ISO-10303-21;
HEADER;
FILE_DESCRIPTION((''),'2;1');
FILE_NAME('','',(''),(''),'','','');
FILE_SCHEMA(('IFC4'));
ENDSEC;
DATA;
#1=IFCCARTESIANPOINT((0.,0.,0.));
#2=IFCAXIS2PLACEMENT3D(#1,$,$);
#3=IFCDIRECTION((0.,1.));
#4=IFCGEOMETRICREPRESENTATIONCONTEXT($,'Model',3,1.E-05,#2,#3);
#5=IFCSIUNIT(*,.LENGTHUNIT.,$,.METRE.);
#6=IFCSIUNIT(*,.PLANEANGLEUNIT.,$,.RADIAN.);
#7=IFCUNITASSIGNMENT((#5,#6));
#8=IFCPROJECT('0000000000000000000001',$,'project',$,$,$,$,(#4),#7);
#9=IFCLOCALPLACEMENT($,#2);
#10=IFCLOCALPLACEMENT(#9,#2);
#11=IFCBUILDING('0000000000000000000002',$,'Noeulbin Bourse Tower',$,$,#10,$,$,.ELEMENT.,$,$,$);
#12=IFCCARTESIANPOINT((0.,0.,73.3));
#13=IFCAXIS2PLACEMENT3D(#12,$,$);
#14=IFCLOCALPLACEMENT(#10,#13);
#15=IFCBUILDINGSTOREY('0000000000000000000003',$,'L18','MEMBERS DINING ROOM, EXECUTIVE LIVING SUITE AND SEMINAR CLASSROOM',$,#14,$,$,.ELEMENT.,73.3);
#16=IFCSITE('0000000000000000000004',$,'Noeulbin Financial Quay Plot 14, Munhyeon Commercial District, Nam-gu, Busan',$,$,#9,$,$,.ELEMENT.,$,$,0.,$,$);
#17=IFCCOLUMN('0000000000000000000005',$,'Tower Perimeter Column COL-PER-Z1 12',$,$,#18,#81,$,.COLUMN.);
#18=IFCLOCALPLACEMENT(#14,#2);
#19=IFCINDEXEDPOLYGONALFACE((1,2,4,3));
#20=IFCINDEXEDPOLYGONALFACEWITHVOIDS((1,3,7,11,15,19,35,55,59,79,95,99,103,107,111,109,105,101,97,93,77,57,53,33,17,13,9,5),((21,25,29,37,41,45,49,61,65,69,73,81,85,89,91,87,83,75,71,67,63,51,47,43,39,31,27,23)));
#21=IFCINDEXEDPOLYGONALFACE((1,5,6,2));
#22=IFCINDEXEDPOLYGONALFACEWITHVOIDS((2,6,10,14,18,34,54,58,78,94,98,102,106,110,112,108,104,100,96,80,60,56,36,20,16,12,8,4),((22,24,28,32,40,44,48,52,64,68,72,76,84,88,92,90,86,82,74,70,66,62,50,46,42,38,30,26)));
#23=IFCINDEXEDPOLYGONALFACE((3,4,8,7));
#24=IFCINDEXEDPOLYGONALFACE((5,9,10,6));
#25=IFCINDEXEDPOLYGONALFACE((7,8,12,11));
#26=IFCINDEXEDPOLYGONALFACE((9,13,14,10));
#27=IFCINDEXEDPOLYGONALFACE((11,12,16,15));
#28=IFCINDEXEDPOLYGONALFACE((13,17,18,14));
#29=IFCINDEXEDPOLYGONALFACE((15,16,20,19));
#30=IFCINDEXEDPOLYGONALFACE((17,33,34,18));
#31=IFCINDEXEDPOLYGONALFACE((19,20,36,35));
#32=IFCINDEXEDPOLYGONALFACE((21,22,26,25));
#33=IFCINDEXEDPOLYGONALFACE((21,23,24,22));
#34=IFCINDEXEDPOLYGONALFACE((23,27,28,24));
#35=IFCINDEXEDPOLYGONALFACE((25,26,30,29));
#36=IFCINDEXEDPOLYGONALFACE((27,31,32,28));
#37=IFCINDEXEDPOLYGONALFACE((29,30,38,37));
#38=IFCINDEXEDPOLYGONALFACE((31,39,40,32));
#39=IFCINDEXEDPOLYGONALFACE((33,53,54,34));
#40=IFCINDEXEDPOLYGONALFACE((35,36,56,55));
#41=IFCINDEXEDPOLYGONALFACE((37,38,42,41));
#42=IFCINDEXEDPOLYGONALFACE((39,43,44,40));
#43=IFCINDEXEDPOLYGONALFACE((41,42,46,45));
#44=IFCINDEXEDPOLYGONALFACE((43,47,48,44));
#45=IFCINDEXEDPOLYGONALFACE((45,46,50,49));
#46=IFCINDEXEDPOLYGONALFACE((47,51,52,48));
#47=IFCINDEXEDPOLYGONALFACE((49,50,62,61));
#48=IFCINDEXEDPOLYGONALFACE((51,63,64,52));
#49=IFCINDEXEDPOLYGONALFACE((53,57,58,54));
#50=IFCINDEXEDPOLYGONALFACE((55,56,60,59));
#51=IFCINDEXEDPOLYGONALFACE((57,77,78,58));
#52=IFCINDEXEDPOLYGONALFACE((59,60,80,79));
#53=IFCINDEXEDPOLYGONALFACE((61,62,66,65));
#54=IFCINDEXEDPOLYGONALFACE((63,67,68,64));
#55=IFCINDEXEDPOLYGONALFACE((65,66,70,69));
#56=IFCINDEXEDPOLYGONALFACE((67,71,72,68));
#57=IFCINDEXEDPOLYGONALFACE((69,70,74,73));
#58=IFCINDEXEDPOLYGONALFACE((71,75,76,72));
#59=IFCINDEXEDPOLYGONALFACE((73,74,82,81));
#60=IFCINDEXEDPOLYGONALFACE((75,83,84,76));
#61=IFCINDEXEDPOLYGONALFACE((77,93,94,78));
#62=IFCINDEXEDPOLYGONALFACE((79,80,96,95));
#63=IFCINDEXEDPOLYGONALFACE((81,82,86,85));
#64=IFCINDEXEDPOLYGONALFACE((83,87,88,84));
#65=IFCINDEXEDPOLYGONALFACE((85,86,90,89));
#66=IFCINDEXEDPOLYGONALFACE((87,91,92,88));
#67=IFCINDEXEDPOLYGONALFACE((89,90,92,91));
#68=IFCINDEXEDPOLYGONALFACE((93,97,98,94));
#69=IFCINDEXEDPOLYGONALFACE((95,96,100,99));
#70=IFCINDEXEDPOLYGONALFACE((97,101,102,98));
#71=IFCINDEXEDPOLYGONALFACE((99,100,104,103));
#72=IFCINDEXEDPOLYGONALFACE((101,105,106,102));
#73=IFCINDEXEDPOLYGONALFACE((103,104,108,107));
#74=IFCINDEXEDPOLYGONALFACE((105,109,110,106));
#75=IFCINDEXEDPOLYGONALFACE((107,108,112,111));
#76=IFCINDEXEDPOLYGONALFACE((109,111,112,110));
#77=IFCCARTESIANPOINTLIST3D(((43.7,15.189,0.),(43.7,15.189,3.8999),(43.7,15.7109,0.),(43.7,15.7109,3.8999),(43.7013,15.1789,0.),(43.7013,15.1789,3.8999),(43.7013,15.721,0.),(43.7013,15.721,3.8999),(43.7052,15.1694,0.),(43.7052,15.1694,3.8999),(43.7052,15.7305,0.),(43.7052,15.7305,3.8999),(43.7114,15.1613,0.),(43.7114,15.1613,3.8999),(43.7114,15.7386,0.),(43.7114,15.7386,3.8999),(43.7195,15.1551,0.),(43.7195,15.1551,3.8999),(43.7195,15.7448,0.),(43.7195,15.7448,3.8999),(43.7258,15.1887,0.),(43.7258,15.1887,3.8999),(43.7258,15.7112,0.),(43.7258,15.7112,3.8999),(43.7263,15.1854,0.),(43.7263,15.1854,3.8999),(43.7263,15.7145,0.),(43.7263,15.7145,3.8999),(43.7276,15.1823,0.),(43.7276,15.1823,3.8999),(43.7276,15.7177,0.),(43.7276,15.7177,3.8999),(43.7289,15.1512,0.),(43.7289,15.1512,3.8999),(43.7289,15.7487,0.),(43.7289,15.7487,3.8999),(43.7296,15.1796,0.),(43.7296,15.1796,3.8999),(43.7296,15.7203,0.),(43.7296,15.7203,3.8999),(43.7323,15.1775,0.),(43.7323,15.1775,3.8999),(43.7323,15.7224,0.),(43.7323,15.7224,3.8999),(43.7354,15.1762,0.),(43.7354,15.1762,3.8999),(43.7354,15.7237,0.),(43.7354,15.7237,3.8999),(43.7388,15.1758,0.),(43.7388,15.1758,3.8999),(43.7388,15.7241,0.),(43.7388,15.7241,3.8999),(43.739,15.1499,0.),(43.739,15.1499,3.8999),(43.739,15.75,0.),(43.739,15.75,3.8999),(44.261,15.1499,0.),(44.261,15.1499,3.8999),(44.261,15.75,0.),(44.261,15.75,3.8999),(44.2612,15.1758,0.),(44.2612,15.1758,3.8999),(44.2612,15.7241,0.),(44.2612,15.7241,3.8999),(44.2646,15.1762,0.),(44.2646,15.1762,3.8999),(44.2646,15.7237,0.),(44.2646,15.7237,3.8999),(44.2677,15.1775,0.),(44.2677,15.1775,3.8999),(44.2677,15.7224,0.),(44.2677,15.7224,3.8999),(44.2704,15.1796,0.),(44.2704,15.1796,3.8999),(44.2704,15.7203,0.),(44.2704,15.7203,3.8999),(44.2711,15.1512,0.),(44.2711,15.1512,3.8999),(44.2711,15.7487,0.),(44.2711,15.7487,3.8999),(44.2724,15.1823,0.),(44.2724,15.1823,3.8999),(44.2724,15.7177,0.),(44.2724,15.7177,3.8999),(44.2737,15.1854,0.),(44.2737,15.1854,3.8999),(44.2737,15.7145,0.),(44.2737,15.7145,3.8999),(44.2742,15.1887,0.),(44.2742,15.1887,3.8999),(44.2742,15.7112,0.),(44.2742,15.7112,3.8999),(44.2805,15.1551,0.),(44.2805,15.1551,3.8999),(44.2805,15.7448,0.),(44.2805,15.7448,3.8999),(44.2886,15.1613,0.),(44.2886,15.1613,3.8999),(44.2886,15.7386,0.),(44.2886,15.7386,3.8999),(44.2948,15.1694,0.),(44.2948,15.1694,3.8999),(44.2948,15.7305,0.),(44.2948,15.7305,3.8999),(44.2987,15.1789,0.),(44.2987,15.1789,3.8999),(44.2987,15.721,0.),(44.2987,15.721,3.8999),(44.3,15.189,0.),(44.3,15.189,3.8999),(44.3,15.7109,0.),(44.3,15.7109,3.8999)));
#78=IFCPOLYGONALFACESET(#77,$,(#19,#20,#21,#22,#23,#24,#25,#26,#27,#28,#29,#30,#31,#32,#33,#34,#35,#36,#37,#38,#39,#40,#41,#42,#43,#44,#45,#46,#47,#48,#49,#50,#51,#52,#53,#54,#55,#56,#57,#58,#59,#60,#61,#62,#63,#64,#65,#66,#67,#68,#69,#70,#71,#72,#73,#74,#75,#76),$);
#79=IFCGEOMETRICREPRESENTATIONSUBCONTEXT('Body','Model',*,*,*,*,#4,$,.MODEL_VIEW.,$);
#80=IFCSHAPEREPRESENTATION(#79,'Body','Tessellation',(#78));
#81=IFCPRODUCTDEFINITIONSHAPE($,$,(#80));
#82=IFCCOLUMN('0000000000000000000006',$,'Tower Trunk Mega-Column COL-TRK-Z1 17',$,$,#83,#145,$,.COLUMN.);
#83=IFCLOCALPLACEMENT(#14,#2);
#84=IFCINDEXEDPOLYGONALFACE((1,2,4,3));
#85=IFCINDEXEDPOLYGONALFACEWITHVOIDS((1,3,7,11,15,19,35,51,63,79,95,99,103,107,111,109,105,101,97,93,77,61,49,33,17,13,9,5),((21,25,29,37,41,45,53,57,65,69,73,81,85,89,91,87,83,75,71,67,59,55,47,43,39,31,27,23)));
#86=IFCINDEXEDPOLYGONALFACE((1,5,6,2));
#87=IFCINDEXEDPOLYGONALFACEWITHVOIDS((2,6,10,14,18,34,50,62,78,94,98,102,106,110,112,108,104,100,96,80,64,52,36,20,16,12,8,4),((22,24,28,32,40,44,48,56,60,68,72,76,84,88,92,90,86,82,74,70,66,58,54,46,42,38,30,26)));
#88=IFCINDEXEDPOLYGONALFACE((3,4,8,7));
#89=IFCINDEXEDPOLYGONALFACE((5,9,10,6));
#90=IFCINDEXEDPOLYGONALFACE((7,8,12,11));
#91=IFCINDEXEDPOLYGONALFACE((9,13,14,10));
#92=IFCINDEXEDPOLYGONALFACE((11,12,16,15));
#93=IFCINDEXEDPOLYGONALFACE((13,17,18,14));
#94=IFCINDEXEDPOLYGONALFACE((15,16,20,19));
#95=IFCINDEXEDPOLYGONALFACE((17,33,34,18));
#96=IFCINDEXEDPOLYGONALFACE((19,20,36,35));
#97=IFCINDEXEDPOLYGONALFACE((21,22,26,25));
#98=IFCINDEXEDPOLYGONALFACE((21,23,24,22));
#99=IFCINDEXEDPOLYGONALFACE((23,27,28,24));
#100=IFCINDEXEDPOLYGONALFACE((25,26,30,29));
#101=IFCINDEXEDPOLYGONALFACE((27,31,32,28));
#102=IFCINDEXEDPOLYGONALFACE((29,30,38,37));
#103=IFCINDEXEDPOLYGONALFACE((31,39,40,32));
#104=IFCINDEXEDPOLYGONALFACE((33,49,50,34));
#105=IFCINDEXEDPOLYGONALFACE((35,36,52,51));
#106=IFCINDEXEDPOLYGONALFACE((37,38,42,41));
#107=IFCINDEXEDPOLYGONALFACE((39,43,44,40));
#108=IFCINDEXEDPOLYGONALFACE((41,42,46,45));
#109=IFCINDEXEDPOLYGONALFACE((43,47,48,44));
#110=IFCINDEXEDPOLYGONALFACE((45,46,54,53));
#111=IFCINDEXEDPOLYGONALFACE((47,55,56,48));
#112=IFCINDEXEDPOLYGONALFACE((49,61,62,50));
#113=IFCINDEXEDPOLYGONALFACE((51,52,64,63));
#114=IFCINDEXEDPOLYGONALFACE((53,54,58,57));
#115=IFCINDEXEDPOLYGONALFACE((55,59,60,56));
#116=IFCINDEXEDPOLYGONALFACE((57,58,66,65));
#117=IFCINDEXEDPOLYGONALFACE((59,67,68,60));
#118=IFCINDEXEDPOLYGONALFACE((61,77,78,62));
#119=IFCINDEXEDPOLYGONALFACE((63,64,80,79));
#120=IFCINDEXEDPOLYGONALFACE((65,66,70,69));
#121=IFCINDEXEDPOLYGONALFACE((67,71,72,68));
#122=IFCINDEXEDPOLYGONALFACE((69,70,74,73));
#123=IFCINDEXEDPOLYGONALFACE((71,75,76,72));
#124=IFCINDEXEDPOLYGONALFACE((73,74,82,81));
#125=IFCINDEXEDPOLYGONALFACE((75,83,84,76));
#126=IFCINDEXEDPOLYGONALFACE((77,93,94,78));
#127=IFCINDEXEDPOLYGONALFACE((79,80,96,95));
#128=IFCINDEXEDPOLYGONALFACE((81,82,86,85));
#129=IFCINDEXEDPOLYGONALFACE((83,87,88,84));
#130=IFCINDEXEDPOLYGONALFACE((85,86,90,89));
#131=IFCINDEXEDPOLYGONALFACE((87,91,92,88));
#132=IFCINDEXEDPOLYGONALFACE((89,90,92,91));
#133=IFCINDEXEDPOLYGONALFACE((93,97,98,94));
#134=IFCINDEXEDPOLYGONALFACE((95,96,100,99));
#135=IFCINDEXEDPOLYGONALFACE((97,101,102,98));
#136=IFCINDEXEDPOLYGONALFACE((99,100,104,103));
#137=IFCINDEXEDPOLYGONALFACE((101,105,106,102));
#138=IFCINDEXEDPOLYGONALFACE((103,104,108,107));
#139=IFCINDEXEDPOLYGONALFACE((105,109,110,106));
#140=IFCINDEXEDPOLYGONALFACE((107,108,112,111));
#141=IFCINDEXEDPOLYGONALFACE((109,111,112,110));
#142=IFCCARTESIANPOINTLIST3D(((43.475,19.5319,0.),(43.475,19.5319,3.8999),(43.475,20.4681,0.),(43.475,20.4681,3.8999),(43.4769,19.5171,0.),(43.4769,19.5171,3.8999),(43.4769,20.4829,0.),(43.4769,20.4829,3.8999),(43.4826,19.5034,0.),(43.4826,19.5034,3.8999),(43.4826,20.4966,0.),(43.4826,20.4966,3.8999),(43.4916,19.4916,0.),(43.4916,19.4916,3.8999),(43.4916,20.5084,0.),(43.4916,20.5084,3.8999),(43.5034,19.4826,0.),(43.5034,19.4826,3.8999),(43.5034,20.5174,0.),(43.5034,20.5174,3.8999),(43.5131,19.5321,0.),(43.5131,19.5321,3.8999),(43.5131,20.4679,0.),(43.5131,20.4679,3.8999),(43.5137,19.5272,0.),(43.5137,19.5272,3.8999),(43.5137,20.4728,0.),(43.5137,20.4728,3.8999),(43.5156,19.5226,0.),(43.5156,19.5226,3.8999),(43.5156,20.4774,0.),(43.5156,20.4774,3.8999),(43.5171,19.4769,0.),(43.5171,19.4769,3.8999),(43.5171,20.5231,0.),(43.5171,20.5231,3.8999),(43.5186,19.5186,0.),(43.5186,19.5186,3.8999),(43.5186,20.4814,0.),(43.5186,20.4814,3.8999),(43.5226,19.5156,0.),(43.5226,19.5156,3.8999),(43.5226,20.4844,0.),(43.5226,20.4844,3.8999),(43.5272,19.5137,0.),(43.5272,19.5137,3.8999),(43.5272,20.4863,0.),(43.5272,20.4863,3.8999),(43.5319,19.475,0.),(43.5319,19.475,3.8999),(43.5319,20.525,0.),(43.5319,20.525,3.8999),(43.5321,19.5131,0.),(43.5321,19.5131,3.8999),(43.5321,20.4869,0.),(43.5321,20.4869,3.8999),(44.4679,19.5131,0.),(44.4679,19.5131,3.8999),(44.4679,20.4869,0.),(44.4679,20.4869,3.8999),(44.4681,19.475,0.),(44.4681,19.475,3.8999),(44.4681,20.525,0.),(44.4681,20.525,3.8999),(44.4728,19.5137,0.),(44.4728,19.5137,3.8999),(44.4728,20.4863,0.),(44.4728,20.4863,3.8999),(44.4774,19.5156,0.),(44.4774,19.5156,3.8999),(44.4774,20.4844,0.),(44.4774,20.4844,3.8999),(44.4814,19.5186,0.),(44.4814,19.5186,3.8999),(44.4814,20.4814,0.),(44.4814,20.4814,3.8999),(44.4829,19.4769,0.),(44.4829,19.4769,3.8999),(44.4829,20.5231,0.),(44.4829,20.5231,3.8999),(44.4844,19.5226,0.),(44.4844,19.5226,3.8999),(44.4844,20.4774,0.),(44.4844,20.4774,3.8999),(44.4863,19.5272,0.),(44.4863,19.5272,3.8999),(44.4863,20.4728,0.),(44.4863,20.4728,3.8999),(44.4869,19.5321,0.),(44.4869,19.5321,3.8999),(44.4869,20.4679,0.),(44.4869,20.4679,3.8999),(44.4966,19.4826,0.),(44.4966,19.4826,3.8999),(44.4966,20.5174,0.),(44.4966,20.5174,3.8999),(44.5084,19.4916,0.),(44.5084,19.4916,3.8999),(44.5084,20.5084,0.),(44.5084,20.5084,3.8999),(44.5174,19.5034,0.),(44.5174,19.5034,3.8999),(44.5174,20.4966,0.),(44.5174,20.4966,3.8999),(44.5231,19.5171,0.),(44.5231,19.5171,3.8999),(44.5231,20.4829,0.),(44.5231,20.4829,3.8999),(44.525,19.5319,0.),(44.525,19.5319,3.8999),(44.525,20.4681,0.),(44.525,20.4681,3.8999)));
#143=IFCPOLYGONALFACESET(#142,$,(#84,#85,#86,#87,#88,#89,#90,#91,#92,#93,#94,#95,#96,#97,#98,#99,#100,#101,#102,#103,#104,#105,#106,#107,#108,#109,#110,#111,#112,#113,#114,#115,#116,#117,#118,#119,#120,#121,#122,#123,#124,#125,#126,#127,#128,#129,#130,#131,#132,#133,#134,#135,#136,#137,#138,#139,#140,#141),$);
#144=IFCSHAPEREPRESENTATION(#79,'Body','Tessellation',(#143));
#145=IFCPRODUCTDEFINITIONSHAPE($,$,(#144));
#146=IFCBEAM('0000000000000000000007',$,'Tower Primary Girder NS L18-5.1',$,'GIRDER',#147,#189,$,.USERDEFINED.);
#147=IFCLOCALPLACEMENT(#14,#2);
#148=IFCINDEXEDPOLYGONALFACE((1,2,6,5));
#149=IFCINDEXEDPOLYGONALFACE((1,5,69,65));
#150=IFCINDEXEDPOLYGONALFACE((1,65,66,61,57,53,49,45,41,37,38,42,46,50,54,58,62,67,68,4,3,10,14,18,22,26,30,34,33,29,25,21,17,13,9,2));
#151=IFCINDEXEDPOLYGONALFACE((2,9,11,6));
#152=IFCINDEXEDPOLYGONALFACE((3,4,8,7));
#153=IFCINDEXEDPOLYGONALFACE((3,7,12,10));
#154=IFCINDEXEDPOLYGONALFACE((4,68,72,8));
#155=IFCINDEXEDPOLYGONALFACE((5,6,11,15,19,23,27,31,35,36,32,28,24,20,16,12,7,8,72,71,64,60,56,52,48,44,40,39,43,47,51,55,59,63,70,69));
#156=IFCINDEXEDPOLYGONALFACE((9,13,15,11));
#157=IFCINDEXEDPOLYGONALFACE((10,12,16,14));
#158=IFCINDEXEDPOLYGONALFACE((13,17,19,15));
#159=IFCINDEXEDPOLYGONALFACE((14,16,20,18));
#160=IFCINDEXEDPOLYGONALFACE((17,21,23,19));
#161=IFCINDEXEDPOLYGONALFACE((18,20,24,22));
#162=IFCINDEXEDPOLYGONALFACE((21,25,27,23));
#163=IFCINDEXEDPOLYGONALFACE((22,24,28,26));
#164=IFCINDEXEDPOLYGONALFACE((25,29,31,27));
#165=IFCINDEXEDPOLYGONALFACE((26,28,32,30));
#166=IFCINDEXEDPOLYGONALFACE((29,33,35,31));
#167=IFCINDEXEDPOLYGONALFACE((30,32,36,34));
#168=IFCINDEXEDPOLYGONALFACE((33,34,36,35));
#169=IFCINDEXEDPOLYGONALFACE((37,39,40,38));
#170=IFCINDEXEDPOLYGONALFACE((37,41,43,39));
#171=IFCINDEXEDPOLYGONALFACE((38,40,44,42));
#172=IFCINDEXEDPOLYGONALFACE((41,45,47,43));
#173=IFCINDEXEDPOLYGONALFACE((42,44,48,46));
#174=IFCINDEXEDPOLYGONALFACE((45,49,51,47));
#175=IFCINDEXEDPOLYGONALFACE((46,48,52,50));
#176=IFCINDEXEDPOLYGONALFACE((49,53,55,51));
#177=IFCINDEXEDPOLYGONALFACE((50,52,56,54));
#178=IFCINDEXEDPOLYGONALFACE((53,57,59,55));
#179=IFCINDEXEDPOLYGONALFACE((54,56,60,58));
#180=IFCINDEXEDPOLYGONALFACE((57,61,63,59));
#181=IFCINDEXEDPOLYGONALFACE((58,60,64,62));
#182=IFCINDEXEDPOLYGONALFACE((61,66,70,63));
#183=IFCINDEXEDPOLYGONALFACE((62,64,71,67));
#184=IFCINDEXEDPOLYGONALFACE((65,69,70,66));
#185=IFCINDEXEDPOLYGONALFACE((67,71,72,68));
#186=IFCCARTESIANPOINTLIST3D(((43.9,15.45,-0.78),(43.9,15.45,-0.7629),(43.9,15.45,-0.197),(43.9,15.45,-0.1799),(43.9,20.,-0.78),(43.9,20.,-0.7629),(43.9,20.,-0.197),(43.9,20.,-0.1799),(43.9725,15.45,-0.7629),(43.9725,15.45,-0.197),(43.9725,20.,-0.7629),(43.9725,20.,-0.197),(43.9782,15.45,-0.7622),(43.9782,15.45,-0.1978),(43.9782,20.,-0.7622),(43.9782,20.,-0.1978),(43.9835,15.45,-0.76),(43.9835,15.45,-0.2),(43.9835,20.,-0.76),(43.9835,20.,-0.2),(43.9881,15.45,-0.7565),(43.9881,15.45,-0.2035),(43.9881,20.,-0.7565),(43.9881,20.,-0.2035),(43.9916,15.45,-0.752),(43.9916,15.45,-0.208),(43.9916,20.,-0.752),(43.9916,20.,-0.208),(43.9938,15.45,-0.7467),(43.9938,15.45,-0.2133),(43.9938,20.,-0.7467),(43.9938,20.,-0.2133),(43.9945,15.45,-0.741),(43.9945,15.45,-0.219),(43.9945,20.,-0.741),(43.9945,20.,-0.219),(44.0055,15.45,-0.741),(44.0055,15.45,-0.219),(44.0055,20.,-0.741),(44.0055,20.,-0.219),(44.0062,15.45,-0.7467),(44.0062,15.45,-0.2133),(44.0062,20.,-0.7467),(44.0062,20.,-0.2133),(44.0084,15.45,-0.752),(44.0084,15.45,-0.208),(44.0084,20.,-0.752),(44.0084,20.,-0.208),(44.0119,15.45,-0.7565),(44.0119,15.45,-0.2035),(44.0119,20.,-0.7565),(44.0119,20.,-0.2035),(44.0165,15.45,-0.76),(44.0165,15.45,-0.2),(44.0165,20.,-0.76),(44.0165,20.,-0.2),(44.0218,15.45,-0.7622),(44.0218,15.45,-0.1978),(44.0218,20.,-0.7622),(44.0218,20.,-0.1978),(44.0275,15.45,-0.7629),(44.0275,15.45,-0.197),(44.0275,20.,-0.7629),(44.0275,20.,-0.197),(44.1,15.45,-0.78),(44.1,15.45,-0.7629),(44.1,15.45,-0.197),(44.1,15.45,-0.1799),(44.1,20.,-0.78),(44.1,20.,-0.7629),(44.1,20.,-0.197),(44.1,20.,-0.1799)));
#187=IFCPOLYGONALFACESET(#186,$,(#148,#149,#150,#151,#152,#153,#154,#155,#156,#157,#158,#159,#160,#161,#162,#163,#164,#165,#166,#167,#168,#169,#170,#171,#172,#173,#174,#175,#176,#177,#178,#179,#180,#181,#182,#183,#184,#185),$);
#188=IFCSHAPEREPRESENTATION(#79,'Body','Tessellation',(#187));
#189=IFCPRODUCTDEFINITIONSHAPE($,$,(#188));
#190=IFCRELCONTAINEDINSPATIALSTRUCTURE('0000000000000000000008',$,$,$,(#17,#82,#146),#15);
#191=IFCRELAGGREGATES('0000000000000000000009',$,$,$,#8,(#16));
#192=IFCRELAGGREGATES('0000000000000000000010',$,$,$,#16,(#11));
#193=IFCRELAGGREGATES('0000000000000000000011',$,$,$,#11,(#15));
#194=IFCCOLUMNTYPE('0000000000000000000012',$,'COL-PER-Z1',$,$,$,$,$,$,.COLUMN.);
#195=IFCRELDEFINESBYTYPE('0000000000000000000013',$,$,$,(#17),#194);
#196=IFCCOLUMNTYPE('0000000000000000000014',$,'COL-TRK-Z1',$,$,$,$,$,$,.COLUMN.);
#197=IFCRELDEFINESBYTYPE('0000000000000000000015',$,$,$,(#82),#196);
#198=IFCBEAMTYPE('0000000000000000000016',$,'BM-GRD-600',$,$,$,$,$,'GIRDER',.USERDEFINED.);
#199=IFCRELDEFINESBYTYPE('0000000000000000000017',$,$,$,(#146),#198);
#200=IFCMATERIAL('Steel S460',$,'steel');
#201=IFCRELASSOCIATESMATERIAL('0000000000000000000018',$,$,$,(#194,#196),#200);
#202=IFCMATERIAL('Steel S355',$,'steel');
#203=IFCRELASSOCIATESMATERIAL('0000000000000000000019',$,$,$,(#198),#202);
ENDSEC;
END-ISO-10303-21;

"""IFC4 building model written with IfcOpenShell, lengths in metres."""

from ifc_helpers import new_model, si_unit, direction, frame, origin, origin_2d, place, context, subcontext, project, spatial, hollow_rectangle, i_section, extrude, material, material_profile, profile_set, type_object, element, save


model = new_model("IFC4")

# Units and contexts
model_context = context("Model", 3, precision=1e-05, world=origin(), true_north=direction((0.0, 1.0)))
body_context = subcontext(model_context, "Body", "Model", "MODEL_VIEW")
ifc_project = project(units=[si_unit("LENGTHUNIT", "METRE"), si_unit("PLANEANGLEUNIT", "RADIAN")], contexts=[model_context])

# Site, building, storey
site_placement = place(None, origin())
site = spatial("IfcSite", under=ifc_project, at=site_placement, Name="Noeulbin Financial Quay Plot 14, Munhyeon Commercial District, Nam-gu, Busan", CompositionType="ELEMENT", RefElevation=0.0)
building_placement = place(site_placement, origin())
building = spatial("IfcBuilding", under=site, at=building_placement, Name="Noeulbin Bourse Tower", CompositionType="ELEMENT")
storey_placement = place(building_placement, frame((0.0, 0.0, 73.3)))
storey = spatial("IfcBuildingStorey", under=building, at=storey_placement, Name="L18", Description="MEMBERS DINING ROOM, EXECUTIVE LIVING SUITE AND SEMINAR CLASSROOM", CompositionType="ELEMENT", Elevation=73.3)

# Columns
ifc_material_1 = material(Name="Steel S460", Category="steel")
ifc_material_profile_1 = material_profile(ifc_material_1, hollow_rectangle(XDim=0.6001, YDim=0.6001, WallThickness=0.0259, InnerFilletRadius=0.0129, OuterFilletRadius=0.0391, at=origin_2d()), Name="BOX-600x600x26", Category="LoadBearing")
ifc_profile_set_1 = profile_set([ifc_material_profile_1], Name="Steel S460")
column_type_1 = type_object("IfcColumnType", Name="COL-PER-Z1", PredefinedType="COLUMN", material=ifc_profile_set_1)
column_1_placement = place(storey_placement, frame((44.0, 15.45, 0.0), z_axis=(0.0, 0.0, 1.0), x_axis=(1.0, 0.0, 0.0)))
element("IfcColumn", 1, at=column_1_placement, inside=storey, type_object=column_type_1, Name="Tower Perimeter Column COL-PER-Z1 12", PredefinedType="COLUMN", context=body_context, shape_type="SweptSolid", body=[
    extrude(hollow_rectangle(XDim=0.6001, YDim=0.6001, WallThickness=0.0259, InnerFilletRadius=0.0129, OuterFilletRadius=0.0391, at=origin_2d()), origin(), (0.0, 0.0, 1.0), 3.8999),
])
ifc_material_profile_2 = material_profile(ifc_material_1, hollow_rectangle(XDim=1.05, YDim=1.05, WallThickness=0.0381, InnerFilletRadius=0.019, OuterFilletRadius=0.0569, at=origin_2d()), Name="BOX-1050x1050x38", Category="LoadBearing")
ifc_profile_set_2 = profile_set([ifc_material_profile_2], Name="Steel S460")
column_type_2 = type_object("IfcColumnType", Name="COL-TRK-Z1", PredefinedType="COLUMN", material=ifc_profile_set_2)
column_2_placement = place(storey_placement, frame((44.0, 20.0, 0.0), z_axis=(0.0, 0.0, 1.0), x_axis=(1.0, 0.0, 0.0)))
element("IfcColumn", 2, at=column_2_placement, inside=storey, type_object=column_type_2, Name="Tower Trunk Mega-Column COL-TRK-Z1 17", PredefinedType="COLUMN", context=body_context, shape_type="SweptSolid", body=[
    extrude(hollow_rectangle(XDim=1.05, YDim=1.05, WallThickness=0.0381, InnerFilletRadius=0.019, OuterFilletRadius=0.0569, at=origin_2d()), origin(), (0.0, 0.0, 1.0), 3.8999),
])

# Beam
ifc_material_2 = material(Name="Steel S355", Category="steel")
ifc_material_profile_3 = material_profile(ifc_material_2, i_section(OverallWidth=0.2, OverallDepth=0.6001, WebThickness=0.011, FlangeThickness=0.0171, FilletRadius=0.022, at=origin_2d()), Name="H-600x200x11x17", Category="LoadBearing")
ifc_profile_set_3 = profile_set([ifc_material_profile_3], Name="Steel S355")
beam_type_1 = type_object("IfcBeamType", Name="BM-GRD-600", ElementType="GIRDER", PredefinedType="USERDEFINED", material=ifc_profile_set_3)
beam_1_placement = place(storey_placement, frame((44.0, 15.45, -0.48), z_axis=(0.0, 1.0, 0.0), x_axis=(-1.0, 0.0, 0.0)))
element("IfcBeam", 3, at=beam_1_placement, inside=storey, type_object=beam_type_1, Name="Tower Primary Girder NS L18-5.1", ObjectType="GIRDER", PredefinedType="USERDEFINED", context=body_context, shape_type="SweptSolid", body=[
    extrude(i_section(OverallWidth=0.2, OverallDepth=0.6001, WebThickness=0.011, FlangeThickness=0.0171, FilletRadius=0.022, at=origin_2d()), origin(), (0.0, 0.0, 1.0), 4.55),
])

save(model, "model.ifc")
